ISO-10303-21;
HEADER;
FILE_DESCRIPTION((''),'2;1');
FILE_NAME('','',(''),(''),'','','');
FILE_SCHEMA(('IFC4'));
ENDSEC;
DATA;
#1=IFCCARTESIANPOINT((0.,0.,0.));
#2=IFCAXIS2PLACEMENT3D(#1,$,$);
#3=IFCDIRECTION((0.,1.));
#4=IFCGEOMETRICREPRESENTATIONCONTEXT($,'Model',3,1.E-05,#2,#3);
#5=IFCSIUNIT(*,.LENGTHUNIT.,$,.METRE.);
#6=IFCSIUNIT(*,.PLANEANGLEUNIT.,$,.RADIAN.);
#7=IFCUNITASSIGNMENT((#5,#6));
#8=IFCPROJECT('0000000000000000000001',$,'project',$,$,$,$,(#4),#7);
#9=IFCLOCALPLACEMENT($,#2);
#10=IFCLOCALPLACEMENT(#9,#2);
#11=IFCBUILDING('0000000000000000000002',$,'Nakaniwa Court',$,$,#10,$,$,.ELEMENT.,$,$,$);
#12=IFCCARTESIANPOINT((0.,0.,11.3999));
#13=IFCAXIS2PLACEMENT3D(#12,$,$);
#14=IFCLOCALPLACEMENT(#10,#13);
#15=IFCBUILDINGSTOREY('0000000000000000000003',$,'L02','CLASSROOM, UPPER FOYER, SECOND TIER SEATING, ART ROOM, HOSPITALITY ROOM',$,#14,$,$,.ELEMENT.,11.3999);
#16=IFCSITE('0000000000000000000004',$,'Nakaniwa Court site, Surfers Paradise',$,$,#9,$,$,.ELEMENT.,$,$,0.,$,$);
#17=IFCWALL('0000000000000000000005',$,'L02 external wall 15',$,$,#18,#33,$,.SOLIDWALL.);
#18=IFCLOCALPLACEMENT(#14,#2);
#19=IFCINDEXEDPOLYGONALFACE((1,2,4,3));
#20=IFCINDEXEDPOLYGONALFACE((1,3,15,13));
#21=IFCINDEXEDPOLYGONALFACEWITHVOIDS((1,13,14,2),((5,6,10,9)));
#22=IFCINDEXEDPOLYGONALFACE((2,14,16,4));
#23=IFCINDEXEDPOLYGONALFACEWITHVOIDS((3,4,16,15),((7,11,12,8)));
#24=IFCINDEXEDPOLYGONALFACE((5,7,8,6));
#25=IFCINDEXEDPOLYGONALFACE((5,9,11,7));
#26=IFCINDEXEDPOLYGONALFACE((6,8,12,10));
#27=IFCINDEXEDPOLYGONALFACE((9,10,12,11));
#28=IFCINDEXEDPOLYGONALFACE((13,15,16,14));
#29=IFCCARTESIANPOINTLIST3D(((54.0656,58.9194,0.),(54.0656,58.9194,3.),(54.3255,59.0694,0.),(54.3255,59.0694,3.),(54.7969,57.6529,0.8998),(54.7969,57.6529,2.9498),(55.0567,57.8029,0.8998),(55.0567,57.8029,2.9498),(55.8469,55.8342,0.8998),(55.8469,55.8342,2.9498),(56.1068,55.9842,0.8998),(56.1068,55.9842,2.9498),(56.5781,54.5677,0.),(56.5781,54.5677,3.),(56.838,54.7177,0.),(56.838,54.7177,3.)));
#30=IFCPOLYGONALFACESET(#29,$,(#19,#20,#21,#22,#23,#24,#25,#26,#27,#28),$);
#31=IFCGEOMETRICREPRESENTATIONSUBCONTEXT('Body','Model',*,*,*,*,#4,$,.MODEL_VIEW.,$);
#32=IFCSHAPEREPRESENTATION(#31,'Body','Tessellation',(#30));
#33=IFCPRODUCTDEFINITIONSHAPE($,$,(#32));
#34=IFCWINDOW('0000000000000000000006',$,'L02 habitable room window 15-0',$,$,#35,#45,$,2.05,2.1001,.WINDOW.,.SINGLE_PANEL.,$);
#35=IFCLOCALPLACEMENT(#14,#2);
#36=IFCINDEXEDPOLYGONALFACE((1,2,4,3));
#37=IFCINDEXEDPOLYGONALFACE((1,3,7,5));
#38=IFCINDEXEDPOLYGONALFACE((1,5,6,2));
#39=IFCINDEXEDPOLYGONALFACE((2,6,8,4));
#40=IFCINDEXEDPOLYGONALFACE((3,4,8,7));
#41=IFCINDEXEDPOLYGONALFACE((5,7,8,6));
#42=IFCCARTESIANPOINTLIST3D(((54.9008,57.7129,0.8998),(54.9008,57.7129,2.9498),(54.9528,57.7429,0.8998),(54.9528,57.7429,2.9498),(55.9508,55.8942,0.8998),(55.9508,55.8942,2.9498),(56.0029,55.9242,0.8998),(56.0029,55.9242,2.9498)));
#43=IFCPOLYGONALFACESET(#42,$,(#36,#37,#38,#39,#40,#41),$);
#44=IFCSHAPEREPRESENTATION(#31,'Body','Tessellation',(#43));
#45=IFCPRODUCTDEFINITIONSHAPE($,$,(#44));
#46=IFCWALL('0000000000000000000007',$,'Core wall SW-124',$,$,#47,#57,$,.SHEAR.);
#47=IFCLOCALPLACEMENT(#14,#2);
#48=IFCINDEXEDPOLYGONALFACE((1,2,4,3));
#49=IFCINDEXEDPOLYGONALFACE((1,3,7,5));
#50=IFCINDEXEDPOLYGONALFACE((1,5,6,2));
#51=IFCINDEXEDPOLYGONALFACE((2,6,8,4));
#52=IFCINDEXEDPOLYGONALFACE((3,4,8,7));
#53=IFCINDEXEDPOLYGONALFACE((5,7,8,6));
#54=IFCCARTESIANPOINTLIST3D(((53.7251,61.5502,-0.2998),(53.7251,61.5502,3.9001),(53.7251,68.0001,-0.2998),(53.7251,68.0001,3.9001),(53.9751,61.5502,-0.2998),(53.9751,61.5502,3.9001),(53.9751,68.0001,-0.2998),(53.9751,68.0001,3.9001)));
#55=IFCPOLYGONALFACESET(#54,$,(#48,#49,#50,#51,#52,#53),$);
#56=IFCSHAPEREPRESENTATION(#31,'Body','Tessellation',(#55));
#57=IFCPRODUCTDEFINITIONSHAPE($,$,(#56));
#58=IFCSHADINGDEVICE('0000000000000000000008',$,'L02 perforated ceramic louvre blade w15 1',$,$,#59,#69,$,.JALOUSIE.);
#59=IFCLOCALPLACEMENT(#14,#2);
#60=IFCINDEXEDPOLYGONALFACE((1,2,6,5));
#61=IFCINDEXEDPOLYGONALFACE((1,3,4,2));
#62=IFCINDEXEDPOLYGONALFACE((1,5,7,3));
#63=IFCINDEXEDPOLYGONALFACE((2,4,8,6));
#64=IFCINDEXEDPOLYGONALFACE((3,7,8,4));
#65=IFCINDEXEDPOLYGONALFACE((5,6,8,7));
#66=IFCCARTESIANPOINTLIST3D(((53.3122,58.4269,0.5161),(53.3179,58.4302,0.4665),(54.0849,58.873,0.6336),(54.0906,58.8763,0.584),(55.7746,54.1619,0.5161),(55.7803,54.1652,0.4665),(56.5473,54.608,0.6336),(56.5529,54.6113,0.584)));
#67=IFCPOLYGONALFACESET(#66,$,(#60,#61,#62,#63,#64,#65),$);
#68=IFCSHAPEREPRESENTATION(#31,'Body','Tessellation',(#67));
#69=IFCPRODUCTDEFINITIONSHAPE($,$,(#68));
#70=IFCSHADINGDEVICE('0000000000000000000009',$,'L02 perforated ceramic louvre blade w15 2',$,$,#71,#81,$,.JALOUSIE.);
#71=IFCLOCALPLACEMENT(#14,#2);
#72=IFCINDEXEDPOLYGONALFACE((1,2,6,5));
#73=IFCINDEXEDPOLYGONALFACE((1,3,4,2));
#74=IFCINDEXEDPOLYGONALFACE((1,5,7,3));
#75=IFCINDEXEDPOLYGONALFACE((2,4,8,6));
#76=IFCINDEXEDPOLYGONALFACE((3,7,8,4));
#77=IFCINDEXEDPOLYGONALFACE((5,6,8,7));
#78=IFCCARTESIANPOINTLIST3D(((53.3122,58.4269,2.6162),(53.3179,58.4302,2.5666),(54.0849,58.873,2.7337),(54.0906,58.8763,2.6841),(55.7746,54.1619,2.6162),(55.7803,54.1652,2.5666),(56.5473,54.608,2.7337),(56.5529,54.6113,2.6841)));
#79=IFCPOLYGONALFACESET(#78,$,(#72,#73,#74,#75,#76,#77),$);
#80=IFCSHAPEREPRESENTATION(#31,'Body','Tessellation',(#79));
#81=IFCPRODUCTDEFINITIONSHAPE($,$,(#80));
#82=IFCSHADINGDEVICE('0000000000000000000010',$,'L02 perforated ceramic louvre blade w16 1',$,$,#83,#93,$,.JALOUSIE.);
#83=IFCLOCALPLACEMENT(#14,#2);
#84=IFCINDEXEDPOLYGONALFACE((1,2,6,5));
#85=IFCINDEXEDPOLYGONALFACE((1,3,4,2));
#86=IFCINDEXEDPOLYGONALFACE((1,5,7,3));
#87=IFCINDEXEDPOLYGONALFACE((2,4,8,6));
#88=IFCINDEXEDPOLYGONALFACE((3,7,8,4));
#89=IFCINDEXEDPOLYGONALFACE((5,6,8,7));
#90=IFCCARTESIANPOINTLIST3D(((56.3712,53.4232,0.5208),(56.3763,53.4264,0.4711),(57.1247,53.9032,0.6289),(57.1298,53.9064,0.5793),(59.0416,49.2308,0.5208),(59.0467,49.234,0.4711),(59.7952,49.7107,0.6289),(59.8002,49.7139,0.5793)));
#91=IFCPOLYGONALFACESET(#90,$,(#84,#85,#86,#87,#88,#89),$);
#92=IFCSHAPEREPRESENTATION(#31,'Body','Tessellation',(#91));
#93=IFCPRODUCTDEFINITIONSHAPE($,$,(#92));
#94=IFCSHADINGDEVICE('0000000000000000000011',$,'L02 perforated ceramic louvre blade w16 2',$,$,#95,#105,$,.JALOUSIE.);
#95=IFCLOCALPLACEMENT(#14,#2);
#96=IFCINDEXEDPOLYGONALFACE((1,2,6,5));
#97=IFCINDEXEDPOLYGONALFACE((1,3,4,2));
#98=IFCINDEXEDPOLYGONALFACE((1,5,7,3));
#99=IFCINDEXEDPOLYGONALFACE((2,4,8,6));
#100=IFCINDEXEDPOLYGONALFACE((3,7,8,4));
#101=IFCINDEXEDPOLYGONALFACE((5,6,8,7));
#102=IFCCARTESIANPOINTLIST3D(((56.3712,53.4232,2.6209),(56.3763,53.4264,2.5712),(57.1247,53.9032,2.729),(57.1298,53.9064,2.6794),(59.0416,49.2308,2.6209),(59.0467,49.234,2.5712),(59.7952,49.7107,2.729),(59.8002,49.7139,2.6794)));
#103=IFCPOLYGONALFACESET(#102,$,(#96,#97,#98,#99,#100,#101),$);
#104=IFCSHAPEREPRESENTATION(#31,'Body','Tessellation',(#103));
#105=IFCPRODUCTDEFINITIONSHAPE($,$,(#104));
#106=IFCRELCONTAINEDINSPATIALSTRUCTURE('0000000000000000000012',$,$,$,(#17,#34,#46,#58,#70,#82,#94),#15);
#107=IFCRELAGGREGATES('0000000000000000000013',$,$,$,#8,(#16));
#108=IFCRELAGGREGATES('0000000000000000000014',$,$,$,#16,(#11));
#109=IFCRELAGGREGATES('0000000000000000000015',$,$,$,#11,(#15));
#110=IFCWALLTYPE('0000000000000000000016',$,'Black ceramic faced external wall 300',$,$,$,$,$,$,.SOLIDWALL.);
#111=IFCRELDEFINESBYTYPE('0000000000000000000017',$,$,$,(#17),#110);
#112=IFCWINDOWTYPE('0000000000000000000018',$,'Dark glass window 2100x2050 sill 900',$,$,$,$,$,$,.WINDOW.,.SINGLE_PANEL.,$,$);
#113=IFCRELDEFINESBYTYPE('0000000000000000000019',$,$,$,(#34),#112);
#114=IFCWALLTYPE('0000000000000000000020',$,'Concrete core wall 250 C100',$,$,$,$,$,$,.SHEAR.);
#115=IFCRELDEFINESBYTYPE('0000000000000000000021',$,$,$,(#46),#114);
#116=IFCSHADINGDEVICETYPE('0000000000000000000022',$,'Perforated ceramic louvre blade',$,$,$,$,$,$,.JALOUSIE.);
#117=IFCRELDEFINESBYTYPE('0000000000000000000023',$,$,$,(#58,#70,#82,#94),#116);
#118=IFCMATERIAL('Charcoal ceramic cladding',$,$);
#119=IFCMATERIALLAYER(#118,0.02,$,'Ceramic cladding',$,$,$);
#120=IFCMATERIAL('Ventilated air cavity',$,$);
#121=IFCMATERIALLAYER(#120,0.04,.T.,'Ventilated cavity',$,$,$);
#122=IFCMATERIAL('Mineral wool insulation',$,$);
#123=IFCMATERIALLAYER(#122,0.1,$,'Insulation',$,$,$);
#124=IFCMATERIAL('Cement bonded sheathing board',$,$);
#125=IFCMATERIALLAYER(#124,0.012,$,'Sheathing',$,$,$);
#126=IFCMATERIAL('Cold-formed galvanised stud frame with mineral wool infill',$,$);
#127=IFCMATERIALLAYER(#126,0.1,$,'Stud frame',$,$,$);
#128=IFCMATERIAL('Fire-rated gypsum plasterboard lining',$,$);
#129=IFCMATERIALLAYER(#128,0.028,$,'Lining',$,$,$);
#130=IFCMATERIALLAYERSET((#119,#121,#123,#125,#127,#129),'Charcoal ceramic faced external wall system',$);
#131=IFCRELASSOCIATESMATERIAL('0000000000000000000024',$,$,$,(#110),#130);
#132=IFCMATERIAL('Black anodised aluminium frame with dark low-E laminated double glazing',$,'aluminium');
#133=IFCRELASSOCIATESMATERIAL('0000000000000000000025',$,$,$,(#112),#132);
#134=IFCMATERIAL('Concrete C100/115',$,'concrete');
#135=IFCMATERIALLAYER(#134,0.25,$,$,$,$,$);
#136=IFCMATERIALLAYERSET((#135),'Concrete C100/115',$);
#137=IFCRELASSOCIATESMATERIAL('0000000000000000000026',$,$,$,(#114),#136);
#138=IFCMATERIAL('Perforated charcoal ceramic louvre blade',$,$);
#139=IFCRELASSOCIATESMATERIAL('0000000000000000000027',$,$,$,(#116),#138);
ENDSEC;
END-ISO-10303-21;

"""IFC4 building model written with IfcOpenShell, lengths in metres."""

from ifc_helpers import new_model, si_unit, direction, frame, frame_2d, origin, origin_2d, place, context, subcontext, project, spatial, rectangle, extrude, material, layer, layer_set, material_profile, profile_set, type_object, element, fill, save


model = new_model("IFC4")

# Units and contexts
model_context = context("Model", 3, precision=1e-05, world=origin(), true_north=direction((0.0, 1.0)))
body_context = subcontext(model_context, "Body", "Model", "MODEL_VIEW")
ifc_project = project(units=[si_unit("LENGTHUNIT", "METRE"), si_unit("PLANEANGLEUNIT", "RADIAN")], contexts=[model_context])

# Site, building, storey
site_placement = place(None, origin())
site = spatial("IfcSite", under=ifc_project, at=site_placement, Name="Nakaniwa Court site, Surfers Paradise", CompositionType="ELEMENT", RefElevation=0.0)
building_placement = place(site_placement, origin())
building = spatial("IfcBuilding", under=site, at=building_placement, Name="Nakaniwa Court", CompositionType="ELEMENT")
storey_placement = place(building_placement, frame((0.0, 0.0, 11.3999)))
storey = spatial("IfcBuildingStorey", under=building, at=storey_placement, Name="L02", Description="CLASSROOM, UPPER FOYER, SECOND TIER SEATING, ART ROOM, HOSPITALITY ROOM", CompositionType="ELEMENT", Elevation=11.3999)

# Shared definitions
ifc_material_1 = material(Name="Concrete C100/115", Category="concrete")

# Wall, opening, window
ifc_material_2 = material(Name="Charcoal ceramic cladding")
ifc_layer_1 = layer(ifc_material_2, 0.02, Name="Ceramic cladding")
ifc_material_3 = material(Name="Ventilated air cavity")
ifc_layer_2 = layer(ifc_material_3, 0.04, ventilated=True, Name="Ventilated cavity")
ifc_material_4 = material(Name="Mineral wool insulation")
ifc_layer_3 = layer(ifc_material_4, 0.1, Name="Insulation")
ifc_material_5 = material(Name="Cement bonded sheathing board")
ifc_layer_4 = layer(ifc_material_5, 0.012, Name="Sheathing")
ifc_material_6 = material(Name="Cold-formed galvanised stud frame with mineral wool infill")
ifc_layer_5 = layer(ifc_material_6, 0.1, Name="Stud frame")
ifc_material_7 = material(Name="Fire-rated gypsum plasterboard lining")
ifc_layer_6 = layer(ifc_material_7, 0.028, Name="Lining")
ifc_layer_set_1 = layer_set([ifc_layer_1, ifc_layer_2, ifc_layer_3, ifc_layer_4, ifc_layer_5, ifc_layer_6], Name="Charcoal ceramic faced external wall system")
wall_type_1 = type_object("IfcWallType", Name="Black ceramic faced external wall 300", PredefinedType="SOLIDWALL", material=ifc_layer_set_1)
wall_1_placement = place(storey_placement, frame((54.1956, 58.9944, 0.0), z_axis=(0.0, 0.0, 1.0), x_axis=(0.500011, -0.866019, 0.0)))
wall_1 = element("IfcWall", 1, at=wall_1_placement, inside=storey, type_object=wall_type_1, Name="L02 external wall 15", PredefinedType="SOLIDWALL", context=body_context, shape_type="SweptSolid", body=[
    extrude(rectangle(XDim=5.0249, YDim=0.3, at=frame_2d((2.5125, 0.0))), origin(), (0.0, 0.0, 1.0), 3.0),
])
opening_placement = place(wall_1_placement, frame((1.4624, 0.0, 0.8999)))
opening = element("IfcOpeningElement", 2, at=opening_placement, cuts=wall_1, PredefinedType="OPENING", context=body_context, shape_type="SweptSolid", body=[
    extrude(rectangle(XDim=2.1001, YDim=2.05, at=frame_2d((1.05, 1.0249))), frame((0.0, 0.1599, 0.0), z_axis=(0.0, -1.0, 0.0), x_axis=(1.0, 0.0, 0.0)), (0.0, 0.0, 1.0), 0.3201),
])
ifc_material_8 = material(Name="Black anodised aluminium frame with dark low-E laminated double glazing", Category="aluminium")
window_type = type_object("IfcWindowType", Name="Dark glass window 2100x2050 sill 900", PartitioningType="SINGLE_PANEL", PredefinedType="WINDOW", material=ifc_material_8)
window_placement = place(opening_placement, origin())
window = element("IfcWindow", 3, at=window_placement, inside=storey, type_object=window_type, Name="L02 habitable room window 15-0", OverallHeight=2.05, OverallWidth=2.1001, PartitioningType="SINGLE_PANEL", PredefinedType="WINDOW", context=body_context, shape_type="SweptSolid", body=[
    extrude(rectangle(XDim=2.1001, YDim=2.05, at=frame_2d((1.05, 1.0249))), frame((0.0, 0.03, 0.0), z_axis=(0.0, -1.0, 0.0), x_axis=(1.0, 0.0, 0.0)), (0.0, 0.0, 1.0), 0.0601),
])
fill(opening, window)

# Wall
ifc_layer_7 = layer(ifc_material_1, 0.25)
ifc_layer_set_2 = layer_set([ifc_layer_7], Name="Concrete C100/115")
wall_type_2 = type_object("IfcWallType", Name="Concrete core wall 250 C100", PredefinedType="SHEAR", material=ifc_layer_set_2)
wall_2_placement = place(storey_placement, frame((53.8501, 61.55, -0.2998), z_axis=(0.0, 0.0, 1.0), x_axis=(0.0, 1.0, 0.0)))
element("IfcWall", 4, at=wall_2_placement, inside=storey, type_object=wall_type_2, Name="Core wall SW-124", PredefinedType="SHEAR", context=body_context, shape_type="SweptSolid", body=[
    extrude(rectangle(XDim=6.45, YDim=0.25, at=frame_2d((3.2251, 0.0))), origin(), (0.0, 0.0, 1.0), 4.2),
])

# Shading devices
ifc_material_9 = material(Name="Perforated charcoal ceramic louvre blade")
ifc_material_profile_1 = material_profile(ifc_material_9, rectangle(XDim=0.8999, YDim=0.05, at=origin_2d()), Name="Perforated ceramic louvre blade")
ifc_profile_set_1 = profile_set([ifc_material_profile_1], Name="Perforated charcoal ceramic louvre blade")
shading_device_type = type_object("IfcShadingDeviceType", Name="Perforated ceramic louvre blade", PredefinedType="JALOUSIE", material=ifc_profile_set_1)
for number, where, z_axis, x_axis, name in (
    (5, (53.7014, 58.6516, 0.55), (0.499989, -0.866032, 0.0), (0.858623, 0.495711, 0.130526), "L02 perforated ceramic louvre blade w15 1"),
    (6, (53.7014, 58.6516, 2.6501), (0.499989, -0.866032, 0.0), (0.858623, 0.495711, 0.130526), "L02 perforated ceramic louvre blade w15 2"),
):
    element("IfcShadingDevice", number, at=place(storey_placement, frame(where, z_axis=z_axis, x_axis=x_axis)), inside=storey, type_object=shading_device_type, Name=name, PredefinedType="JALOUSIE", context=body_context, shape_type="SweptSolid", body=[
        extrude(rectangle(XDim=0.8999, YDim=0.05, at=origin_2d()), origin(), (0.0, 0.0, 1.0), 4.9248),
    ])
for number, where, z_axis, x_axis, name in (
    (7, (56.7505, 53.6648, 0.55), (0.537238, -0.843431, 0.0), (0.837322, 0.533347, 0.120137), "L02 perforated ceramic louvre blade w16 1"),
    (8, (56.7505, 53.6648, 2.6501), (0.537238, -0.843431, 0.0), (0.837322, 0.533347, 0.120137), "L02 perforated ceramic louvre blade w16 2"),
):
    element("IfcShadingDevice", number, at=place(storey_placement, frame(where, z_axis=z_axis, x_axis=x_axis)), inside=storey, type_object=shading_device_type, Name=name, PredefinedType="JALOUSIE", context=body_context, shape_type="SweptSolid", body=[
        extrude(rectangle(XDim=0.8999, YDim=0.05, at=origin_2d()), origin(), (0.0, 0.0, 1.0), 4.9707),
    ])

save(model, "model.ifc")
